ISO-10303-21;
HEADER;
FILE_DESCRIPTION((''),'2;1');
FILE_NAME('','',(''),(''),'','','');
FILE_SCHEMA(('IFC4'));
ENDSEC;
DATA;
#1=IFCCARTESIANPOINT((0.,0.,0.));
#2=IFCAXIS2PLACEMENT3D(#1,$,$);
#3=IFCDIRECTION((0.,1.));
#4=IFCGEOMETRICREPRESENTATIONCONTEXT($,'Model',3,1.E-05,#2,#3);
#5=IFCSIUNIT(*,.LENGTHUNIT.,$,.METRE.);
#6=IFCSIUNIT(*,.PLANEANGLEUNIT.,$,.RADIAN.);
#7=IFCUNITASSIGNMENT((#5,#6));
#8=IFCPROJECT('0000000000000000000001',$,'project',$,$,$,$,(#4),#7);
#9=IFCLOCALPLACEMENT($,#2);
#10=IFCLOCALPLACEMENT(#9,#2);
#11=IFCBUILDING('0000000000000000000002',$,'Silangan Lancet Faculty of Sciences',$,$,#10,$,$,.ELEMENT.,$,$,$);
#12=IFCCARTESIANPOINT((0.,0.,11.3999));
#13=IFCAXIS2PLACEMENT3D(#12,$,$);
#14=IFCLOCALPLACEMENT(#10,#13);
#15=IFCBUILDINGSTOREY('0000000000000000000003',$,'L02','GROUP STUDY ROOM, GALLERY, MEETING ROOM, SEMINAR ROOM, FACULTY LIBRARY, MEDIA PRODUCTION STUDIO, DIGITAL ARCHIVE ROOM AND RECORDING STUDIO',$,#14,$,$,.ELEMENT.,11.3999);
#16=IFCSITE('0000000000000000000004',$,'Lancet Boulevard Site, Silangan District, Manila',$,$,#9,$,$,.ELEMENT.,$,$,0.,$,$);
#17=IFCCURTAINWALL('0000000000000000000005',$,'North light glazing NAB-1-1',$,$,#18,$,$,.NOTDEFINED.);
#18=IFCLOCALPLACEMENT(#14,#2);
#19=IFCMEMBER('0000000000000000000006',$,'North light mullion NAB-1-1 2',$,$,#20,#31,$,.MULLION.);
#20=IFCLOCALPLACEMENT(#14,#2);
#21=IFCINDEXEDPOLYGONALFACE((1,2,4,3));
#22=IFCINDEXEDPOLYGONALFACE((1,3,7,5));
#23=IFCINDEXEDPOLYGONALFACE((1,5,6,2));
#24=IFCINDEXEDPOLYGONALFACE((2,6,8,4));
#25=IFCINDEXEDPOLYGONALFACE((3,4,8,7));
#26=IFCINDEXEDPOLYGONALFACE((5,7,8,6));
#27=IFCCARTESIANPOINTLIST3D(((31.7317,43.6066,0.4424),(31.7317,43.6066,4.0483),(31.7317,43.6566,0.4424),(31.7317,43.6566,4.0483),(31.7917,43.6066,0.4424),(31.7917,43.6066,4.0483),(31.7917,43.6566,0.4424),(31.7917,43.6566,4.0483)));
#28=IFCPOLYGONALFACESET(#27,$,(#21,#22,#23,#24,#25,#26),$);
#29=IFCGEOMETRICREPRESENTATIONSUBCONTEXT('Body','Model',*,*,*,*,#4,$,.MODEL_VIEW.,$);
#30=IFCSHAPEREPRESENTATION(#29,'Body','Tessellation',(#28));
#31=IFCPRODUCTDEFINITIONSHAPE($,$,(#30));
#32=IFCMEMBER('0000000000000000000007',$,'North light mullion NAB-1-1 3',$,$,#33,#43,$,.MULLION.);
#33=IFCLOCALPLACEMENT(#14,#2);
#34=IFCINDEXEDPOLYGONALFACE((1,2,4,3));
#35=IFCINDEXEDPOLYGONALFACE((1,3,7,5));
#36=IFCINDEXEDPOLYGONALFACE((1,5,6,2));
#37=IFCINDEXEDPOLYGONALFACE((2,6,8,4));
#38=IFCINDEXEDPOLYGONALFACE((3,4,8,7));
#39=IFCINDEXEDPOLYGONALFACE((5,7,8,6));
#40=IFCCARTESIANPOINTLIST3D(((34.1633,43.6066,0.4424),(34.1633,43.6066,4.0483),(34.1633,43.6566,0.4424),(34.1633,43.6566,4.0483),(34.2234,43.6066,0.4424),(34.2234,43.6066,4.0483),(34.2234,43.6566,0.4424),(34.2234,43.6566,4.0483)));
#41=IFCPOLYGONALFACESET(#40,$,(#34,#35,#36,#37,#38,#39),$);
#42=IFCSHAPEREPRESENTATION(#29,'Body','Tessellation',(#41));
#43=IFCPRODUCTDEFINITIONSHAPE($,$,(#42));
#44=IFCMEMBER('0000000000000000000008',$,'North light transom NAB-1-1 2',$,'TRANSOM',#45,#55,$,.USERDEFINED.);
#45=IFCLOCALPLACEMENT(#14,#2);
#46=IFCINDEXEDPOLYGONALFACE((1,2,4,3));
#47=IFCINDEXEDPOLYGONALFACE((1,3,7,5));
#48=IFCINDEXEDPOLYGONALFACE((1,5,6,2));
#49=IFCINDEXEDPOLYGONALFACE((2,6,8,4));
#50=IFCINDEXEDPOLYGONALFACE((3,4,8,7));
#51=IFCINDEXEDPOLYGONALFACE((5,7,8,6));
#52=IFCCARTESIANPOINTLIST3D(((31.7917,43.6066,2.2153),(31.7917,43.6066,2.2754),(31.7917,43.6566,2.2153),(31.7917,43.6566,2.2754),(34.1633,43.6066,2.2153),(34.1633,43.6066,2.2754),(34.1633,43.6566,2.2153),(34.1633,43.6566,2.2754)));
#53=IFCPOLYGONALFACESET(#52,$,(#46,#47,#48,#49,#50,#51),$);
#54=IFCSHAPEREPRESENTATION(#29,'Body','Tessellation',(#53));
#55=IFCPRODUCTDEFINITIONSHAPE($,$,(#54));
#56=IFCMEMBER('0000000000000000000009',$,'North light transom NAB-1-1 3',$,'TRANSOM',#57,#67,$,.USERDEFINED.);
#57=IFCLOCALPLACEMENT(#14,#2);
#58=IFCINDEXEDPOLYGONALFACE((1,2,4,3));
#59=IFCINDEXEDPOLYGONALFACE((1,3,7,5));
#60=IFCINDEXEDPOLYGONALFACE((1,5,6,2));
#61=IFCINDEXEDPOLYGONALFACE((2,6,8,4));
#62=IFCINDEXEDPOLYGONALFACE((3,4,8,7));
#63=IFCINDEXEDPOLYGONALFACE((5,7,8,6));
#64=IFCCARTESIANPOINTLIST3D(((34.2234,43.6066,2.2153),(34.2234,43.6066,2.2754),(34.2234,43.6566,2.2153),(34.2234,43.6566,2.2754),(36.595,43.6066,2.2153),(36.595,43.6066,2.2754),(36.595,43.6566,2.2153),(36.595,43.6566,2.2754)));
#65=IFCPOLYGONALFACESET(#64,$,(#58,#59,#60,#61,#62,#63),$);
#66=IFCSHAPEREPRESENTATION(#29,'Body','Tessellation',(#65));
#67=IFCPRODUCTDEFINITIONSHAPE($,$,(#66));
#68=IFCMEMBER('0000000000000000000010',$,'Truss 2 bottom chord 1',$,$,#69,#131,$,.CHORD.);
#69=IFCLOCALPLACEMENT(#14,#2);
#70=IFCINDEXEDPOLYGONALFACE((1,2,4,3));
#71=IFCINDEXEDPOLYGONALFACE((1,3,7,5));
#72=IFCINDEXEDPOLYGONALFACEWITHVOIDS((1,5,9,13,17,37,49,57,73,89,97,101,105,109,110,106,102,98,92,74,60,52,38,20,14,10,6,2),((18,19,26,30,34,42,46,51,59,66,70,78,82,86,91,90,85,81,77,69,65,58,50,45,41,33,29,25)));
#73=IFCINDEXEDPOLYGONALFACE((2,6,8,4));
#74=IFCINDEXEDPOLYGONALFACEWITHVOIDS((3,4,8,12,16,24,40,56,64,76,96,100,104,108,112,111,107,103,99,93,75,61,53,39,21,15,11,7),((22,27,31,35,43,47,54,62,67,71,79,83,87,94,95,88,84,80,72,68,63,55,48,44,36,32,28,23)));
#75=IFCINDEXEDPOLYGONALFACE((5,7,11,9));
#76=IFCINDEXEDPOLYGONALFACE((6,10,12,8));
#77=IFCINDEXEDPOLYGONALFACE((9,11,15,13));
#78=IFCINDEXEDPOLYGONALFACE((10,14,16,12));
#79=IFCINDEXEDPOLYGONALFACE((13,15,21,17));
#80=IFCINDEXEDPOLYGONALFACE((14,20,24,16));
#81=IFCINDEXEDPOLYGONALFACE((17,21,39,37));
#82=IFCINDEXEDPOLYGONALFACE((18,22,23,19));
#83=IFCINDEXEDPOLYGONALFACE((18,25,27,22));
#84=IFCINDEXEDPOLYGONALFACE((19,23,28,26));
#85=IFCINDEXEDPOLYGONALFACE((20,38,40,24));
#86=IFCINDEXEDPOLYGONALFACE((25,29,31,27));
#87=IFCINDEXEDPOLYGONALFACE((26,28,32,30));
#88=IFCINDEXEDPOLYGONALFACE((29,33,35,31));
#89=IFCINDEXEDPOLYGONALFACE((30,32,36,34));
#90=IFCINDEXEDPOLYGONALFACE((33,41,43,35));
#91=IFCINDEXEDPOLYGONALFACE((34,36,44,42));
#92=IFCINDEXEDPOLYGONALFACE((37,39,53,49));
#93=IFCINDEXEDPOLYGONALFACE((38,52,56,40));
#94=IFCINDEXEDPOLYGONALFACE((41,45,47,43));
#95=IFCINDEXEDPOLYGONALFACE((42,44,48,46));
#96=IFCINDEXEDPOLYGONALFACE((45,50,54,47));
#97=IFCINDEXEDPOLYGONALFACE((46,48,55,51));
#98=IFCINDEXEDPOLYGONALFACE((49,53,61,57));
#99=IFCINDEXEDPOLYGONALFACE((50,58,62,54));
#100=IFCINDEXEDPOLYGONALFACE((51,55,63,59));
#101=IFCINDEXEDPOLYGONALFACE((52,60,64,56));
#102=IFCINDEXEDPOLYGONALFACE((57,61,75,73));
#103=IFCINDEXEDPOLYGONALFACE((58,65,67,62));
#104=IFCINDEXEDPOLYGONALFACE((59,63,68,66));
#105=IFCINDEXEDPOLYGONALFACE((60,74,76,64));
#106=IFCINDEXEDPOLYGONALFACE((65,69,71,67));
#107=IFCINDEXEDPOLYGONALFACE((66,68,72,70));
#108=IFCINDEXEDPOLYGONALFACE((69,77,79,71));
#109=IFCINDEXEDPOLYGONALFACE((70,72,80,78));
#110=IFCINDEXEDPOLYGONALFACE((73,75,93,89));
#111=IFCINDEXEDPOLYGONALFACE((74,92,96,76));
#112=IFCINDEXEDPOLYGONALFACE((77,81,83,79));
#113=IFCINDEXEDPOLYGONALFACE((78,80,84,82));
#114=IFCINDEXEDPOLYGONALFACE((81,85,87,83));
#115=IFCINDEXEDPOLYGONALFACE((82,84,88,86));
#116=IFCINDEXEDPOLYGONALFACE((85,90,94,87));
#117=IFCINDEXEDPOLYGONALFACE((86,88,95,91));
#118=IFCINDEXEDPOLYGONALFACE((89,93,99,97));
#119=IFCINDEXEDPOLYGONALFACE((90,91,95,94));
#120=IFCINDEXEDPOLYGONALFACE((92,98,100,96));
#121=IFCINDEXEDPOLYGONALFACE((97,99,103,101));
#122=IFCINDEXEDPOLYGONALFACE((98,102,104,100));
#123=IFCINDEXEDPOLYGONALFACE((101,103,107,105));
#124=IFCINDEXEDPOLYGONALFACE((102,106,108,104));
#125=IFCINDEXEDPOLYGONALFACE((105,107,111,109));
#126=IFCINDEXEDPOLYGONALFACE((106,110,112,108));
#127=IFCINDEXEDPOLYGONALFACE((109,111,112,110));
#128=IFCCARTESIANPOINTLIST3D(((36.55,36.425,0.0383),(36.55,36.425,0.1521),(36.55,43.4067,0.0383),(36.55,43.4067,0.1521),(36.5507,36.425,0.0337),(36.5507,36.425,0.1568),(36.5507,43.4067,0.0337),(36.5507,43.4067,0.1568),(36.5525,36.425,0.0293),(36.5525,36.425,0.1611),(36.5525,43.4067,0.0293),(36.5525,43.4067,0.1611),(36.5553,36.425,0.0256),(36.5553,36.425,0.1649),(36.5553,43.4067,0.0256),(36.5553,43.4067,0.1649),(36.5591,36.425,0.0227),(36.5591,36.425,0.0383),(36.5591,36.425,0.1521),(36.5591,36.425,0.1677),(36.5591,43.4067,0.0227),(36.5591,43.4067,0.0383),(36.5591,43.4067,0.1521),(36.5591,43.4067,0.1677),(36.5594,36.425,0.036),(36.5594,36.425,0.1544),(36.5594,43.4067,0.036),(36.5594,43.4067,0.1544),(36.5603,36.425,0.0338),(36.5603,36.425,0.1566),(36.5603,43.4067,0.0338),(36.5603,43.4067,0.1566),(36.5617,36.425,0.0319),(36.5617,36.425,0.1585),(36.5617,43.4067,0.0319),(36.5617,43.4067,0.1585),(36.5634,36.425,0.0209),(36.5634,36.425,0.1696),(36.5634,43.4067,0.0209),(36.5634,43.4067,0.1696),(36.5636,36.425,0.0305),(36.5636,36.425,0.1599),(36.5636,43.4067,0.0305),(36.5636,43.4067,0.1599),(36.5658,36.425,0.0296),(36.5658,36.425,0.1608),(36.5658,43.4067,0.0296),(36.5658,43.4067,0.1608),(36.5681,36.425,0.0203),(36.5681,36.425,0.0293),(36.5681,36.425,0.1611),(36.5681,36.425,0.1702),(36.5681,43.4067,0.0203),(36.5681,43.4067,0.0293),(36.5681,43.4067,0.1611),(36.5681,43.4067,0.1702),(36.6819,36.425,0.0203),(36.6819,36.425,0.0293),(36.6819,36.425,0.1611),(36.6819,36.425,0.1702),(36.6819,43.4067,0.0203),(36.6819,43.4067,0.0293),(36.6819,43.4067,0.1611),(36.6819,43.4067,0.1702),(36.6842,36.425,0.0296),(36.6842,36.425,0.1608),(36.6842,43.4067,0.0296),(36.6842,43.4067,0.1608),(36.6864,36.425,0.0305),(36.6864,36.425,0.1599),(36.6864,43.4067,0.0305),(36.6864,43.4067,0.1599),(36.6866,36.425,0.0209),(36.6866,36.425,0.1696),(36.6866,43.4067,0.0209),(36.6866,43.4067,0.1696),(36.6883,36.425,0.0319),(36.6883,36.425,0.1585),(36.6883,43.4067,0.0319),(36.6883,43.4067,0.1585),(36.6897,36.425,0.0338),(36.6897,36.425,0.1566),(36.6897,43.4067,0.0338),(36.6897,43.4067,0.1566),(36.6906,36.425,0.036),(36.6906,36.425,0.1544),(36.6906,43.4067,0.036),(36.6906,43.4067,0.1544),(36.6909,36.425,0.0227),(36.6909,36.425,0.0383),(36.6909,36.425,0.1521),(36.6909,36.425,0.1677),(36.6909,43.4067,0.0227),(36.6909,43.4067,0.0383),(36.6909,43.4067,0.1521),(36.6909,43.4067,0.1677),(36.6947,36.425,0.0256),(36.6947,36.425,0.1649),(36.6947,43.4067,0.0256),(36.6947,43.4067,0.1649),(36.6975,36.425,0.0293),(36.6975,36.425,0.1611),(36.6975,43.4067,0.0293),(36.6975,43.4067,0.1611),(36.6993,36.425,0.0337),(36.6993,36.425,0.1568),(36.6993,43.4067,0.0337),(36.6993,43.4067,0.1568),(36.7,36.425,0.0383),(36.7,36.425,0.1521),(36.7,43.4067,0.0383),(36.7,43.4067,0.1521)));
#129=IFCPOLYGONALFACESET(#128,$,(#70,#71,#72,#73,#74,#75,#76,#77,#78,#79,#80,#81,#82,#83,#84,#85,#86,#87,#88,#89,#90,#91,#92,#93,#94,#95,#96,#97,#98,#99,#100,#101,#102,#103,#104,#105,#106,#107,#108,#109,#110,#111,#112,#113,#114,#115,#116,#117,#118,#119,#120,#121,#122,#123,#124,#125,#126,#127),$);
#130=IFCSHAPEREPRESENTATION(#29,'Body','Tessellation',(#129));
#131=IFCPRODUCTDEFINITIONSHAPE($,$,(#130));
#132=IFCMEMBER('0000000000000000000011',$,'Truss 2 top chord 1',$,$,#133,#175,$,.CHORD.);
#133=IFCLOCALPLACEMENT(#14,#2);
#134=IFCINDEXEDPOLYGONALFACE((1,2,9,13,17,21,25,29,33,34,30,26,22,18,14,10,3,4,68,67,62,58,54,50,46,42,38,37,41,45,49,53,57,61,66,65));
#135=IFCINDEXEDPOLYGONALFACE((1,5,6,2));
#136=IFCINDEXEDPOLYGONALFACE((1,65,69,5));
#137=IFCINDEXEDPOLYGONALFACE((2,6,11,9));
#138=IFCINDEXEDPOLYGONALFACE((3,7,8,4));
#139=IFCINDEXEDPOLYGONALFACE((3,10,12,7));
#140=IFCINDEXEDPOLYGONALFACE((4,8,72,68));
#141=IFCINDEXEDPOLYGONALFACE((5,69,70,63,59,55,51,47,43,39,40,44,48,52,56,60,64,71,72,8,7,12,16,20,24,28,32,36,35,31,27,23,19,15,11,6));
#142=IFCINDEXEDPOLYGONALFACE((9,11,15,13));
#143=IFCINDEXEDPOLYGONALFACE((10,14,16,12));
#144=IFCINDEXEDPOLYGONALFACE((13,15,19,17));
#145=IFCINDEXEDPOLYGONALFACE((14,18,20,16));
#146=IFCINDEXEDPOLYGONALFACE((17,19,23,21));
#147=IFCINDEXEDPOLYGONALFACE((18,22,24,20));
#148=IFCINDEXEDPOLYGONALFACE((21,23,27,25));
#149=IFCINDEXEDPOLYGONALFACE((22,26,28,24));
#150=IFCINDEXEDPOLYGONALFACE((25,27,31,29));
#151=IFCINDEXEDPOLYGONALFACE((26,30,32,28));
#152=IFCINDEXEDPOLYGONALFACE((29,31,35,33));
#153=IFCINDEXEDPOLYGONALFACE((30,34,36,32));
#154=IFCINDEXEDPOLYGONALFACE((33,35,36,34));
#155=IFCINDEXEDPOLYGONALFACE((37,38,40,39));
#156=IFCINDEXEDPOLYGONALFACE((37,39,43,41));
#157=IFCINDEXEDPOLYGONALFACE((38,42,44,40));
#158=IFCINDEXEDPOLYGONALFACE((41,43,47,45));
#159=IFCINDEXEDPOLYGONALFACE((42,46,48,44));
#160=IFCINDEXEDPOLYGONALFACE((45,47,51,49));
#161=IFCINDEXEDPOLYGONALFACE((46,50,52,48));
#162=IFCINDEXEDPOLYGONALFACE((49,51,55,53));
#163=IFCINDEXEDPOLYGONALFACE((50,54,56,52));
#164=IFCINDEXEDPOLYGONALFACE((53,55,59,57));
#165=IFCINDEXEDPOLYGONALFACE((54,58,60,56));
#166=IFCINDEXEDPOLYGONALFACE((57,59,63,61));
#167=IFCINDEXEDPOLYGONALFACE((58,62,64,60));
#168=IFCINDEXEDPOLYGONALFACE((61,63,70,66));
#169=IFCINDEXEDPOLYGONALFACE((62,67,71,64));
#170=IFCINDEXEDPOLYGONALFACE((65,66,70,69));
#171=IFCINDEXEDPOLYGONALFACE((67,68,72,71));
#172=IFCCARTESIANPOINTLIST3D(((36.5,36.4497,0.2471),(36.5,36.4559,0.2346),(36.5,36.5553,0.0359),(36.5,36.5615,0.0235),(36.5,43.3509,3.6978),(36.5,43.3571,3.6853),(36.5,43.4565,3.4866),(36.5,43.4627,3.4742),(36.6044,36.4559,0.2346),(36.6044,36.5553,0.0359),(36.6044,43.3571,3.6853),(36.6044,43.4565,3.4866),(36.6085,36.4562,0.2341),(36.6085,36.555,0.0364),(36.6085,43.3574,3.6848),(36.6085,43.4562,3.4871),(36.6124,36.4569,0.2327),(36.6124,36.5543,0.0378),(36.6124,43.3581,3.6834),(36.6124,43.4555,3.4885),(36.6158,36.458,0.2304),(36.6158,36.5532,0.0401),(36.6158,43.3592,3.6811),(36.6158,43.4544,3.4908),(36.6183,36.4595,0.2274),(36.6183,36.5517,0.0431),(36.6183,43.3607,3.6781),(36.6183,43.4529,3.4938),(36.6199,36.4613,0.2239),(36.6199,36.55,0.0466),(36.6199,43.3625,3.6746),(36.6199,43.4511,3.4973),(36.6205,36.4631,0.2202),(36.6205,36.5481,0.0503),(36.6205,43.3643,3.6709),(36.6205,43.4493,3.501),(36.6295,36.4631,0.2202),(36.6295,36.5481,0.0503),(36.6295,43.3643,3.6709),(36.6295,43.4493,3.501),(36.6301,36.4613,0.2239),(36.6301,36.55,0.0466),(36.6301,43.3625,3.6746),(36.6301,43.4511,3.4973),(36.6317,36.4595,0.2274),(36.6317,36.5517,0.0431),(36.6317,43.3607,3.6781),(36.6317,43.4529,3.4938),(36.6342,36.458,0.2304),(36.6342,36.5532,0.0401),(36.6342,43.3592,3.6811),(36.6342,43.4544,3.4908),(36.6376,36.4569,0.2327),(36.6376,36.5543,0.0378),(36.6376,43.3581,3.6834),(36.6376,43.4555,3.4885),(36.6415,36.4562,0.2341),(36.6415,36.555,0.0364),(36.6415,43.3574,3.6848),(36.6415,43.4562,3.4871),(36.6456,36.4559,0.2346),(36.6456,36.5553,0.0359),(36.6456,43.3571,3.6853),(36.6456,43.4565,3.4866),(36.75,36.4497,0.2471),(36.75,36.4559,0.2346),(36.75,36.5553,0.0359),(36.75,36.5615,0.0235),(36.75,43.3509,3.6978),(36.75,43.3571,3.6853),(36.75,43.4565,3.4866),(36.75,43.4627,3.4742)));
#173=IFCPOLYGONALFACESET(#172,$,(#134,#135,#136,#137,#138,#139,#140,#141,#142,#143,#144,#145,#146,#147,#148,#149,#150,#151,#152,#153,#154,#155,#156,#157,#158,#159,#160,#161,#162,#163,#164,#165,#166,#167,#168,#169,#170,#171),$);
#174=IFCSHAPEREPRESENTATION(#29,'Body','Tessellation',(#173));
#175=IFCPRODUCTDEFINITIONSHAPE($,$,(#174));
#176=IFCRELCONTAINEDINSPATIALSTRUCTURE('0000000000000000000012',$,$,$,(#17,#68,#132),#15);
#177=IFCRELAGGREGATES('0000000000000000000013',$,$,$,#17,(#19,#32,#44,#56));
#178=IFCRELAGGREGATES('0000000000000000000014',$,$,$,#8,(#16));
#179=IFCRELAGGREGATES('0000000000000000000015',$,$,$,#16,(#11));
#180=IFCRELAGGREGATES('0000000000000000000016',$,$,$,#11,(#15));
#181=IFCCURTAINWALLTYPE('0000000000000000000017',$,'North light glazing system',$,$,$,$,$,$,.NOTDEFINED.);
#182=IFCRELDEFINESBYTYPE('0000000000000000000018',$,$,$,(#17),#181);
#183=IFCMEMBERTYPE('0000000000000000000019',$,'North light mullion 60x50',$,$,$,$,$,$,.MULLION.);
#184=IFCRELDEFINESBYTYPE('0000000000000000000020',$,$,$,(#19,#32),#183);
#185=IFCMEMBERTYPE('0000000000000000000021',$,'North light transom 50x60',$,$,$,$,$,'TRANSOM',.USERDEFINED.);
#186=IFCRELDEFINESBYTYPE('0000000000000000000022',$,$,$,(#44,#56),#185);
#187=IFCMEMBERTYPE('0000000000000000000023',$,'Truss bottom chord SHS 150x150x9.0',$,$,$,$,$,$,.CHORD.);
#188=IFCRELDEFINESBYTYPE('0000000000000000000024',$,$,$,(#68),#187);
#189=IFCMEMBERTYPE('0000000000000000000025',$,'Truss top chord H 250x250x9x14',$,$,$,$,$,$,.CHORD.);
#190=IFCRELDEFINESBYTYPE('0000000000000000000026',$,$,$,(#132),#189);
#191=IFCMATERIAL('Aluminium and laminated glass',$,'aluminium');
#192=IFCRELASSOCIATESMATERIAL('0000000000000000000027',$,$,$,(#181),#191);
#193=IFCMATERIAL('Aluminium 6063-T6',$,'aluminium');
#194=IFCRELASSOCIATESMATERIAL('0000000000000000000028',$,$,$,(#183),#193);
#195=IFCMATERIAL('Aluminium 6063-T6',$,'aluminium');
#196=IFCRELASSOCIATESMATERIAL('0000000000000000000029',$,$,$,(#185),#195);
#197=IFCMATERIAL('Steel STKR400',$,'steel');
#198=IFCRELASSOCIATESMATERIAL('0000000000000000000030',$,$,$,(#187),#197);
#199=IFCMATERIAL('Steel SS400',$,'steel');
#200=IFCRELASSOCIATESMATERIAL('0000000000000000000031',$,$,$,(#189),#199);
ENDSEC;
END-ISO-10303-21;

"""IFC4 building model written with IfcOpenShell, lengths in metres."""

from ifc_helpers import new_model, si_unit, direction, frame, origin, origin_2d, place, context, subcontext, project, spatial, rectangle, hollow_rectangle, i_section, extrude, material, material_profile, profile_set, type_object, element, aggregate, save


model = new_model("IFC4")

# Units and contexts
model_context = context("Model", 3, precision=1e-05, world=origin(), true_north=direction((0.0, 1.0)))
body_context = subcontext(model_context, "Body", "Model", "MODEL_VIEW")
ifc_project = project(units=[si_unit("LENGTHUNIT", "METRE"), si_unit("PLANEANGLEUNIT", "RADIAN")], contexts=[model_context])

# Site, building, storey
site_placement = place(None, origin())
site = spatial("IfcSite", under=ifc_project, at=site_placement, Name="Lancet Boulevard Site, Silangan District, Manila", CompositionType="ELEMENT", RefElevation=0.0)
building_placement = place(site_placement, origin())
building = spatial("IfcBuilding", under=site, at=building_placement, Name="Silangan Lancet Faculty of Sciences", CompositionType="ELEMENT")
storey_placement = place(building_placement, frame((0.0, 0.0, 11.3999)))
storey = spatial("IfcBuildingStorey", under=building, at=storey_placement, Name="L02", Description="GROUP STUDY ROOM, GALLERY, MEETING ROOM, SEMINAR ROOM, FACULTY LIBRARY, MEDIA PRODUCTION STUDIO, DIGITAL ARCHIVE ROOM AND RECORDING STUDIO", CompositionType="ELEMENT", Elevation=11.3999)

# Curtain wall, members
ifc_material_1 = material(Name="Aluminium and laminated glass", Category="aluminium")
curtain_wall_type_1 = type_object("IfcCurtainWallType", Name="North light glazing system", PredefinedType="NOTDEFINED", material=ifc_material_1)
curtain_wall_1_placement = place(storey_placement, origin())
curtain_wall_1 = element("IfcCurtainWall", 1, at=curtain_wall_1_placement, inside=storey, type_object=curtain_wall_type_1, Name="North light glazing NAB-1-1", PredefinedType="NOTDEFINED")
ifc_material_2 = material(Name="Aluminium 6063-T6", Category="aluminium")
ifc_material_profile_1 = material_profile(ifc_material_2, rectangle(XDim=0.0601, YDim=0.05, at=origin_2d()), Name="AL 60x50")
ifc_profile_set_1 = profile_set([ifc_material_profile_1], Name="Aluminium 6063-T6")
member_type_1 = type_object("IfcMemberType", Name="North light mullion 60x50", PredefinedType="MULLION", material=ifc_profile_set_1)
member_1_placement = place(storey_placement, frame((31.7617, 43.6316, 0.4424), z_axis=(0.0, 0.0, 1.0), x_axis=(1.0, 0.0, 0.0)))
member_1 = element("IfcMember", 2, at=member_1_placement, type_object=member_type_1, Name="North light mullion NAB-1-1 2", PredefinedType="MULLION", context=body_context, shape_type="SweptSolid", body=[
    extrude(rectangle(XDim=0.0601, YDim=0.05, at=origin_2d()), origin(), (0.0, 0.0, 1.0), 3.606),
])
member_2_placement = place(storey_placement, frame((34.1934, 43.6316, 0.4424), z_axis=(0.0, 0.0, 1.0), x_axis=(1.0, 0.0, 0.0)))
member_2 = element("IfcMember", 3, at=member_2_placement, type_object=member_type_1, Name="North light mullion NAB-1-1 3", PredefinedType="MULLION", context=body_context, shape_type="SweptSolid", body=[
    extrude(rectangle(XDim=0.0601, YDim=0.05, at=origin_2d()), origin(), (0.0, 0.0, 1.0), 3.606),
])
ifc_material_3 = material(Name="Aluminium 6063-T6", Category="aluminium")
ifc_material_profile_2 = material_profile(ifc_material_3, rectangle(XDim=0.05, YDim=0.0601, at=origin_2d()), Name="AL 50x60")
ifc_profile_set_2 = profile_set([ifc_material_profile_2], Name="Aluminium 6063-T6")
member_type_2 = type_object("IfcMemberType", Name="North light transom 50x60", ElementType="TRANSOM", PredefinedType="USERDEFINED", material=ifc_profile_set_2)
member_3_placement = place(storey_placement, frame((31.7917, 43.6316, 2.2454), z_axis=(1.0, 0.0, 0.0), x_axis=(0.0, 1.0, 0.0)))
member_3 = element("IfcMember", 4, at=member_3_placement, type_object=member_type_2, Name="North light transom NAB-1-1 2", ObjectType="TRANSOM", PredefinedType="USERDEFINED", context=body_context, shape_type="SweptSolid", body=[
    extrude(rectangle(XDim=0.05, YDim=0.0601, at=origin_2d()), origin(), (0.0, 0.0, 1.0), 2.3716),
])
member_4_placement = place(storey_placement, frame((34.2234, 43.6316, 2.2454), z_axis=(1.0, 0.0, 0.0), x_axis=(0.0, 1.0, 0.0)))
member_4 = element("IfcMember", 5, at=member_4_placement, type_object=member_type_2, Name="North light transom NAB-1-1 3", ObjectType="TRANSOM", PredefinedType="USERDEFINED", context=body_context, shape_type="SweptSolid", body=[
    extrude(rectangle(XDim=0.05, YDim=0.0601, at=origin_2d()), origin(), (0.0, 0.0, 1.0), 2.3716),
])

# Members
ifc_material_4 = material(Name="Steel STKR400", Category="steel")
ifc_material_profile_3 = material_profile(ifc_material_4, hollow_rectangle(XDim=0.1499, YDim=0.1499, WallThickness=0.009, InnerFilletRadius=0.009, OuterFilletRadius=0.0181, at=origin_2d()), Name="SHS 150x150x9.0")
ifc_profile_set_3 = profile_set([ifc_material_profile_3], Name="Steel STKR400")
member_type_3 = type_object("IfcMemberType", Name="Truss bottom chord SHS 150x150x9.0", PredefinedType="CHORD", material=ifc_profile_set_3)
member_5_placement = place(storey_placement, frame((36.625, 36.425, 0.0952), z_axis=(0.0, 1.0, 0.0), x_axis=(-1.0, 0.0, 0.0)))
element("IfcMember", 6, at=member_5_placement, inside=storey, type_object=member_type_3, Name="Truss 2 bottom chord 1", PredefinedType="CHORD", context=body_context, shape_type="SweptSolid", body=[
    extrude(hollow_rectangle(XDim=0.1499, YDim=0.1499, WallThickness=0.009, InnerFilletRadius=0.009, OuterFilletRadius=0.0181, at=origin_2d()), origin(), (0.0, 0.0, 1.0), 6.9817),
])
ifc_material_5 = material(Name="Steel SS400", Category="steel")
ifc_material_profile_4 = material_profile(ifc_material_5, i_section(OverallWidth=0.25, OverallDepth=0.25, WebThickness=0.009, FlangeThickness=0.0139, FilletRadius=0.0161, at=origin_2d()), Name="H 250x250x9x14")
ifc_profile_set_4 = profile_set([ifc_material_profile_4], Name="Steel SS400")
member_type_4 = type_object("IfcMemberType", Name="Truss top chord H 250x250x9x14", PredefinedType="CHORD", material=ifc_profile_set_4)
member_6_placement = place(storey_placement, frame((36.625, 36.5056, 0.1353), z_axis=(0.0, 0.894421, 0.447226), x_axis=(-1.0, 0.0, 0.0)))
element("IfcMember", 7, at=member_6_placement, inside=storey, type_object=member_type_4, Name="Truss 2 top chord 1", PredefinedType="CHORD", context=body_context, shape_type="SweptSolid", body=[
    extrude(i_section(OverallWidth=0.25, OverallDepth=0.25, WebThickness=0.009, FlangeThickness=0.0139, FilletRadius=0.0161, at=origin_2d()), origin(), (0.0, 0.0, 1.0), 7.7158),
])

aggregate(curtain_wall_1, [member_1, member_2, member_3, member_4])

save(model, "model.ifc")
